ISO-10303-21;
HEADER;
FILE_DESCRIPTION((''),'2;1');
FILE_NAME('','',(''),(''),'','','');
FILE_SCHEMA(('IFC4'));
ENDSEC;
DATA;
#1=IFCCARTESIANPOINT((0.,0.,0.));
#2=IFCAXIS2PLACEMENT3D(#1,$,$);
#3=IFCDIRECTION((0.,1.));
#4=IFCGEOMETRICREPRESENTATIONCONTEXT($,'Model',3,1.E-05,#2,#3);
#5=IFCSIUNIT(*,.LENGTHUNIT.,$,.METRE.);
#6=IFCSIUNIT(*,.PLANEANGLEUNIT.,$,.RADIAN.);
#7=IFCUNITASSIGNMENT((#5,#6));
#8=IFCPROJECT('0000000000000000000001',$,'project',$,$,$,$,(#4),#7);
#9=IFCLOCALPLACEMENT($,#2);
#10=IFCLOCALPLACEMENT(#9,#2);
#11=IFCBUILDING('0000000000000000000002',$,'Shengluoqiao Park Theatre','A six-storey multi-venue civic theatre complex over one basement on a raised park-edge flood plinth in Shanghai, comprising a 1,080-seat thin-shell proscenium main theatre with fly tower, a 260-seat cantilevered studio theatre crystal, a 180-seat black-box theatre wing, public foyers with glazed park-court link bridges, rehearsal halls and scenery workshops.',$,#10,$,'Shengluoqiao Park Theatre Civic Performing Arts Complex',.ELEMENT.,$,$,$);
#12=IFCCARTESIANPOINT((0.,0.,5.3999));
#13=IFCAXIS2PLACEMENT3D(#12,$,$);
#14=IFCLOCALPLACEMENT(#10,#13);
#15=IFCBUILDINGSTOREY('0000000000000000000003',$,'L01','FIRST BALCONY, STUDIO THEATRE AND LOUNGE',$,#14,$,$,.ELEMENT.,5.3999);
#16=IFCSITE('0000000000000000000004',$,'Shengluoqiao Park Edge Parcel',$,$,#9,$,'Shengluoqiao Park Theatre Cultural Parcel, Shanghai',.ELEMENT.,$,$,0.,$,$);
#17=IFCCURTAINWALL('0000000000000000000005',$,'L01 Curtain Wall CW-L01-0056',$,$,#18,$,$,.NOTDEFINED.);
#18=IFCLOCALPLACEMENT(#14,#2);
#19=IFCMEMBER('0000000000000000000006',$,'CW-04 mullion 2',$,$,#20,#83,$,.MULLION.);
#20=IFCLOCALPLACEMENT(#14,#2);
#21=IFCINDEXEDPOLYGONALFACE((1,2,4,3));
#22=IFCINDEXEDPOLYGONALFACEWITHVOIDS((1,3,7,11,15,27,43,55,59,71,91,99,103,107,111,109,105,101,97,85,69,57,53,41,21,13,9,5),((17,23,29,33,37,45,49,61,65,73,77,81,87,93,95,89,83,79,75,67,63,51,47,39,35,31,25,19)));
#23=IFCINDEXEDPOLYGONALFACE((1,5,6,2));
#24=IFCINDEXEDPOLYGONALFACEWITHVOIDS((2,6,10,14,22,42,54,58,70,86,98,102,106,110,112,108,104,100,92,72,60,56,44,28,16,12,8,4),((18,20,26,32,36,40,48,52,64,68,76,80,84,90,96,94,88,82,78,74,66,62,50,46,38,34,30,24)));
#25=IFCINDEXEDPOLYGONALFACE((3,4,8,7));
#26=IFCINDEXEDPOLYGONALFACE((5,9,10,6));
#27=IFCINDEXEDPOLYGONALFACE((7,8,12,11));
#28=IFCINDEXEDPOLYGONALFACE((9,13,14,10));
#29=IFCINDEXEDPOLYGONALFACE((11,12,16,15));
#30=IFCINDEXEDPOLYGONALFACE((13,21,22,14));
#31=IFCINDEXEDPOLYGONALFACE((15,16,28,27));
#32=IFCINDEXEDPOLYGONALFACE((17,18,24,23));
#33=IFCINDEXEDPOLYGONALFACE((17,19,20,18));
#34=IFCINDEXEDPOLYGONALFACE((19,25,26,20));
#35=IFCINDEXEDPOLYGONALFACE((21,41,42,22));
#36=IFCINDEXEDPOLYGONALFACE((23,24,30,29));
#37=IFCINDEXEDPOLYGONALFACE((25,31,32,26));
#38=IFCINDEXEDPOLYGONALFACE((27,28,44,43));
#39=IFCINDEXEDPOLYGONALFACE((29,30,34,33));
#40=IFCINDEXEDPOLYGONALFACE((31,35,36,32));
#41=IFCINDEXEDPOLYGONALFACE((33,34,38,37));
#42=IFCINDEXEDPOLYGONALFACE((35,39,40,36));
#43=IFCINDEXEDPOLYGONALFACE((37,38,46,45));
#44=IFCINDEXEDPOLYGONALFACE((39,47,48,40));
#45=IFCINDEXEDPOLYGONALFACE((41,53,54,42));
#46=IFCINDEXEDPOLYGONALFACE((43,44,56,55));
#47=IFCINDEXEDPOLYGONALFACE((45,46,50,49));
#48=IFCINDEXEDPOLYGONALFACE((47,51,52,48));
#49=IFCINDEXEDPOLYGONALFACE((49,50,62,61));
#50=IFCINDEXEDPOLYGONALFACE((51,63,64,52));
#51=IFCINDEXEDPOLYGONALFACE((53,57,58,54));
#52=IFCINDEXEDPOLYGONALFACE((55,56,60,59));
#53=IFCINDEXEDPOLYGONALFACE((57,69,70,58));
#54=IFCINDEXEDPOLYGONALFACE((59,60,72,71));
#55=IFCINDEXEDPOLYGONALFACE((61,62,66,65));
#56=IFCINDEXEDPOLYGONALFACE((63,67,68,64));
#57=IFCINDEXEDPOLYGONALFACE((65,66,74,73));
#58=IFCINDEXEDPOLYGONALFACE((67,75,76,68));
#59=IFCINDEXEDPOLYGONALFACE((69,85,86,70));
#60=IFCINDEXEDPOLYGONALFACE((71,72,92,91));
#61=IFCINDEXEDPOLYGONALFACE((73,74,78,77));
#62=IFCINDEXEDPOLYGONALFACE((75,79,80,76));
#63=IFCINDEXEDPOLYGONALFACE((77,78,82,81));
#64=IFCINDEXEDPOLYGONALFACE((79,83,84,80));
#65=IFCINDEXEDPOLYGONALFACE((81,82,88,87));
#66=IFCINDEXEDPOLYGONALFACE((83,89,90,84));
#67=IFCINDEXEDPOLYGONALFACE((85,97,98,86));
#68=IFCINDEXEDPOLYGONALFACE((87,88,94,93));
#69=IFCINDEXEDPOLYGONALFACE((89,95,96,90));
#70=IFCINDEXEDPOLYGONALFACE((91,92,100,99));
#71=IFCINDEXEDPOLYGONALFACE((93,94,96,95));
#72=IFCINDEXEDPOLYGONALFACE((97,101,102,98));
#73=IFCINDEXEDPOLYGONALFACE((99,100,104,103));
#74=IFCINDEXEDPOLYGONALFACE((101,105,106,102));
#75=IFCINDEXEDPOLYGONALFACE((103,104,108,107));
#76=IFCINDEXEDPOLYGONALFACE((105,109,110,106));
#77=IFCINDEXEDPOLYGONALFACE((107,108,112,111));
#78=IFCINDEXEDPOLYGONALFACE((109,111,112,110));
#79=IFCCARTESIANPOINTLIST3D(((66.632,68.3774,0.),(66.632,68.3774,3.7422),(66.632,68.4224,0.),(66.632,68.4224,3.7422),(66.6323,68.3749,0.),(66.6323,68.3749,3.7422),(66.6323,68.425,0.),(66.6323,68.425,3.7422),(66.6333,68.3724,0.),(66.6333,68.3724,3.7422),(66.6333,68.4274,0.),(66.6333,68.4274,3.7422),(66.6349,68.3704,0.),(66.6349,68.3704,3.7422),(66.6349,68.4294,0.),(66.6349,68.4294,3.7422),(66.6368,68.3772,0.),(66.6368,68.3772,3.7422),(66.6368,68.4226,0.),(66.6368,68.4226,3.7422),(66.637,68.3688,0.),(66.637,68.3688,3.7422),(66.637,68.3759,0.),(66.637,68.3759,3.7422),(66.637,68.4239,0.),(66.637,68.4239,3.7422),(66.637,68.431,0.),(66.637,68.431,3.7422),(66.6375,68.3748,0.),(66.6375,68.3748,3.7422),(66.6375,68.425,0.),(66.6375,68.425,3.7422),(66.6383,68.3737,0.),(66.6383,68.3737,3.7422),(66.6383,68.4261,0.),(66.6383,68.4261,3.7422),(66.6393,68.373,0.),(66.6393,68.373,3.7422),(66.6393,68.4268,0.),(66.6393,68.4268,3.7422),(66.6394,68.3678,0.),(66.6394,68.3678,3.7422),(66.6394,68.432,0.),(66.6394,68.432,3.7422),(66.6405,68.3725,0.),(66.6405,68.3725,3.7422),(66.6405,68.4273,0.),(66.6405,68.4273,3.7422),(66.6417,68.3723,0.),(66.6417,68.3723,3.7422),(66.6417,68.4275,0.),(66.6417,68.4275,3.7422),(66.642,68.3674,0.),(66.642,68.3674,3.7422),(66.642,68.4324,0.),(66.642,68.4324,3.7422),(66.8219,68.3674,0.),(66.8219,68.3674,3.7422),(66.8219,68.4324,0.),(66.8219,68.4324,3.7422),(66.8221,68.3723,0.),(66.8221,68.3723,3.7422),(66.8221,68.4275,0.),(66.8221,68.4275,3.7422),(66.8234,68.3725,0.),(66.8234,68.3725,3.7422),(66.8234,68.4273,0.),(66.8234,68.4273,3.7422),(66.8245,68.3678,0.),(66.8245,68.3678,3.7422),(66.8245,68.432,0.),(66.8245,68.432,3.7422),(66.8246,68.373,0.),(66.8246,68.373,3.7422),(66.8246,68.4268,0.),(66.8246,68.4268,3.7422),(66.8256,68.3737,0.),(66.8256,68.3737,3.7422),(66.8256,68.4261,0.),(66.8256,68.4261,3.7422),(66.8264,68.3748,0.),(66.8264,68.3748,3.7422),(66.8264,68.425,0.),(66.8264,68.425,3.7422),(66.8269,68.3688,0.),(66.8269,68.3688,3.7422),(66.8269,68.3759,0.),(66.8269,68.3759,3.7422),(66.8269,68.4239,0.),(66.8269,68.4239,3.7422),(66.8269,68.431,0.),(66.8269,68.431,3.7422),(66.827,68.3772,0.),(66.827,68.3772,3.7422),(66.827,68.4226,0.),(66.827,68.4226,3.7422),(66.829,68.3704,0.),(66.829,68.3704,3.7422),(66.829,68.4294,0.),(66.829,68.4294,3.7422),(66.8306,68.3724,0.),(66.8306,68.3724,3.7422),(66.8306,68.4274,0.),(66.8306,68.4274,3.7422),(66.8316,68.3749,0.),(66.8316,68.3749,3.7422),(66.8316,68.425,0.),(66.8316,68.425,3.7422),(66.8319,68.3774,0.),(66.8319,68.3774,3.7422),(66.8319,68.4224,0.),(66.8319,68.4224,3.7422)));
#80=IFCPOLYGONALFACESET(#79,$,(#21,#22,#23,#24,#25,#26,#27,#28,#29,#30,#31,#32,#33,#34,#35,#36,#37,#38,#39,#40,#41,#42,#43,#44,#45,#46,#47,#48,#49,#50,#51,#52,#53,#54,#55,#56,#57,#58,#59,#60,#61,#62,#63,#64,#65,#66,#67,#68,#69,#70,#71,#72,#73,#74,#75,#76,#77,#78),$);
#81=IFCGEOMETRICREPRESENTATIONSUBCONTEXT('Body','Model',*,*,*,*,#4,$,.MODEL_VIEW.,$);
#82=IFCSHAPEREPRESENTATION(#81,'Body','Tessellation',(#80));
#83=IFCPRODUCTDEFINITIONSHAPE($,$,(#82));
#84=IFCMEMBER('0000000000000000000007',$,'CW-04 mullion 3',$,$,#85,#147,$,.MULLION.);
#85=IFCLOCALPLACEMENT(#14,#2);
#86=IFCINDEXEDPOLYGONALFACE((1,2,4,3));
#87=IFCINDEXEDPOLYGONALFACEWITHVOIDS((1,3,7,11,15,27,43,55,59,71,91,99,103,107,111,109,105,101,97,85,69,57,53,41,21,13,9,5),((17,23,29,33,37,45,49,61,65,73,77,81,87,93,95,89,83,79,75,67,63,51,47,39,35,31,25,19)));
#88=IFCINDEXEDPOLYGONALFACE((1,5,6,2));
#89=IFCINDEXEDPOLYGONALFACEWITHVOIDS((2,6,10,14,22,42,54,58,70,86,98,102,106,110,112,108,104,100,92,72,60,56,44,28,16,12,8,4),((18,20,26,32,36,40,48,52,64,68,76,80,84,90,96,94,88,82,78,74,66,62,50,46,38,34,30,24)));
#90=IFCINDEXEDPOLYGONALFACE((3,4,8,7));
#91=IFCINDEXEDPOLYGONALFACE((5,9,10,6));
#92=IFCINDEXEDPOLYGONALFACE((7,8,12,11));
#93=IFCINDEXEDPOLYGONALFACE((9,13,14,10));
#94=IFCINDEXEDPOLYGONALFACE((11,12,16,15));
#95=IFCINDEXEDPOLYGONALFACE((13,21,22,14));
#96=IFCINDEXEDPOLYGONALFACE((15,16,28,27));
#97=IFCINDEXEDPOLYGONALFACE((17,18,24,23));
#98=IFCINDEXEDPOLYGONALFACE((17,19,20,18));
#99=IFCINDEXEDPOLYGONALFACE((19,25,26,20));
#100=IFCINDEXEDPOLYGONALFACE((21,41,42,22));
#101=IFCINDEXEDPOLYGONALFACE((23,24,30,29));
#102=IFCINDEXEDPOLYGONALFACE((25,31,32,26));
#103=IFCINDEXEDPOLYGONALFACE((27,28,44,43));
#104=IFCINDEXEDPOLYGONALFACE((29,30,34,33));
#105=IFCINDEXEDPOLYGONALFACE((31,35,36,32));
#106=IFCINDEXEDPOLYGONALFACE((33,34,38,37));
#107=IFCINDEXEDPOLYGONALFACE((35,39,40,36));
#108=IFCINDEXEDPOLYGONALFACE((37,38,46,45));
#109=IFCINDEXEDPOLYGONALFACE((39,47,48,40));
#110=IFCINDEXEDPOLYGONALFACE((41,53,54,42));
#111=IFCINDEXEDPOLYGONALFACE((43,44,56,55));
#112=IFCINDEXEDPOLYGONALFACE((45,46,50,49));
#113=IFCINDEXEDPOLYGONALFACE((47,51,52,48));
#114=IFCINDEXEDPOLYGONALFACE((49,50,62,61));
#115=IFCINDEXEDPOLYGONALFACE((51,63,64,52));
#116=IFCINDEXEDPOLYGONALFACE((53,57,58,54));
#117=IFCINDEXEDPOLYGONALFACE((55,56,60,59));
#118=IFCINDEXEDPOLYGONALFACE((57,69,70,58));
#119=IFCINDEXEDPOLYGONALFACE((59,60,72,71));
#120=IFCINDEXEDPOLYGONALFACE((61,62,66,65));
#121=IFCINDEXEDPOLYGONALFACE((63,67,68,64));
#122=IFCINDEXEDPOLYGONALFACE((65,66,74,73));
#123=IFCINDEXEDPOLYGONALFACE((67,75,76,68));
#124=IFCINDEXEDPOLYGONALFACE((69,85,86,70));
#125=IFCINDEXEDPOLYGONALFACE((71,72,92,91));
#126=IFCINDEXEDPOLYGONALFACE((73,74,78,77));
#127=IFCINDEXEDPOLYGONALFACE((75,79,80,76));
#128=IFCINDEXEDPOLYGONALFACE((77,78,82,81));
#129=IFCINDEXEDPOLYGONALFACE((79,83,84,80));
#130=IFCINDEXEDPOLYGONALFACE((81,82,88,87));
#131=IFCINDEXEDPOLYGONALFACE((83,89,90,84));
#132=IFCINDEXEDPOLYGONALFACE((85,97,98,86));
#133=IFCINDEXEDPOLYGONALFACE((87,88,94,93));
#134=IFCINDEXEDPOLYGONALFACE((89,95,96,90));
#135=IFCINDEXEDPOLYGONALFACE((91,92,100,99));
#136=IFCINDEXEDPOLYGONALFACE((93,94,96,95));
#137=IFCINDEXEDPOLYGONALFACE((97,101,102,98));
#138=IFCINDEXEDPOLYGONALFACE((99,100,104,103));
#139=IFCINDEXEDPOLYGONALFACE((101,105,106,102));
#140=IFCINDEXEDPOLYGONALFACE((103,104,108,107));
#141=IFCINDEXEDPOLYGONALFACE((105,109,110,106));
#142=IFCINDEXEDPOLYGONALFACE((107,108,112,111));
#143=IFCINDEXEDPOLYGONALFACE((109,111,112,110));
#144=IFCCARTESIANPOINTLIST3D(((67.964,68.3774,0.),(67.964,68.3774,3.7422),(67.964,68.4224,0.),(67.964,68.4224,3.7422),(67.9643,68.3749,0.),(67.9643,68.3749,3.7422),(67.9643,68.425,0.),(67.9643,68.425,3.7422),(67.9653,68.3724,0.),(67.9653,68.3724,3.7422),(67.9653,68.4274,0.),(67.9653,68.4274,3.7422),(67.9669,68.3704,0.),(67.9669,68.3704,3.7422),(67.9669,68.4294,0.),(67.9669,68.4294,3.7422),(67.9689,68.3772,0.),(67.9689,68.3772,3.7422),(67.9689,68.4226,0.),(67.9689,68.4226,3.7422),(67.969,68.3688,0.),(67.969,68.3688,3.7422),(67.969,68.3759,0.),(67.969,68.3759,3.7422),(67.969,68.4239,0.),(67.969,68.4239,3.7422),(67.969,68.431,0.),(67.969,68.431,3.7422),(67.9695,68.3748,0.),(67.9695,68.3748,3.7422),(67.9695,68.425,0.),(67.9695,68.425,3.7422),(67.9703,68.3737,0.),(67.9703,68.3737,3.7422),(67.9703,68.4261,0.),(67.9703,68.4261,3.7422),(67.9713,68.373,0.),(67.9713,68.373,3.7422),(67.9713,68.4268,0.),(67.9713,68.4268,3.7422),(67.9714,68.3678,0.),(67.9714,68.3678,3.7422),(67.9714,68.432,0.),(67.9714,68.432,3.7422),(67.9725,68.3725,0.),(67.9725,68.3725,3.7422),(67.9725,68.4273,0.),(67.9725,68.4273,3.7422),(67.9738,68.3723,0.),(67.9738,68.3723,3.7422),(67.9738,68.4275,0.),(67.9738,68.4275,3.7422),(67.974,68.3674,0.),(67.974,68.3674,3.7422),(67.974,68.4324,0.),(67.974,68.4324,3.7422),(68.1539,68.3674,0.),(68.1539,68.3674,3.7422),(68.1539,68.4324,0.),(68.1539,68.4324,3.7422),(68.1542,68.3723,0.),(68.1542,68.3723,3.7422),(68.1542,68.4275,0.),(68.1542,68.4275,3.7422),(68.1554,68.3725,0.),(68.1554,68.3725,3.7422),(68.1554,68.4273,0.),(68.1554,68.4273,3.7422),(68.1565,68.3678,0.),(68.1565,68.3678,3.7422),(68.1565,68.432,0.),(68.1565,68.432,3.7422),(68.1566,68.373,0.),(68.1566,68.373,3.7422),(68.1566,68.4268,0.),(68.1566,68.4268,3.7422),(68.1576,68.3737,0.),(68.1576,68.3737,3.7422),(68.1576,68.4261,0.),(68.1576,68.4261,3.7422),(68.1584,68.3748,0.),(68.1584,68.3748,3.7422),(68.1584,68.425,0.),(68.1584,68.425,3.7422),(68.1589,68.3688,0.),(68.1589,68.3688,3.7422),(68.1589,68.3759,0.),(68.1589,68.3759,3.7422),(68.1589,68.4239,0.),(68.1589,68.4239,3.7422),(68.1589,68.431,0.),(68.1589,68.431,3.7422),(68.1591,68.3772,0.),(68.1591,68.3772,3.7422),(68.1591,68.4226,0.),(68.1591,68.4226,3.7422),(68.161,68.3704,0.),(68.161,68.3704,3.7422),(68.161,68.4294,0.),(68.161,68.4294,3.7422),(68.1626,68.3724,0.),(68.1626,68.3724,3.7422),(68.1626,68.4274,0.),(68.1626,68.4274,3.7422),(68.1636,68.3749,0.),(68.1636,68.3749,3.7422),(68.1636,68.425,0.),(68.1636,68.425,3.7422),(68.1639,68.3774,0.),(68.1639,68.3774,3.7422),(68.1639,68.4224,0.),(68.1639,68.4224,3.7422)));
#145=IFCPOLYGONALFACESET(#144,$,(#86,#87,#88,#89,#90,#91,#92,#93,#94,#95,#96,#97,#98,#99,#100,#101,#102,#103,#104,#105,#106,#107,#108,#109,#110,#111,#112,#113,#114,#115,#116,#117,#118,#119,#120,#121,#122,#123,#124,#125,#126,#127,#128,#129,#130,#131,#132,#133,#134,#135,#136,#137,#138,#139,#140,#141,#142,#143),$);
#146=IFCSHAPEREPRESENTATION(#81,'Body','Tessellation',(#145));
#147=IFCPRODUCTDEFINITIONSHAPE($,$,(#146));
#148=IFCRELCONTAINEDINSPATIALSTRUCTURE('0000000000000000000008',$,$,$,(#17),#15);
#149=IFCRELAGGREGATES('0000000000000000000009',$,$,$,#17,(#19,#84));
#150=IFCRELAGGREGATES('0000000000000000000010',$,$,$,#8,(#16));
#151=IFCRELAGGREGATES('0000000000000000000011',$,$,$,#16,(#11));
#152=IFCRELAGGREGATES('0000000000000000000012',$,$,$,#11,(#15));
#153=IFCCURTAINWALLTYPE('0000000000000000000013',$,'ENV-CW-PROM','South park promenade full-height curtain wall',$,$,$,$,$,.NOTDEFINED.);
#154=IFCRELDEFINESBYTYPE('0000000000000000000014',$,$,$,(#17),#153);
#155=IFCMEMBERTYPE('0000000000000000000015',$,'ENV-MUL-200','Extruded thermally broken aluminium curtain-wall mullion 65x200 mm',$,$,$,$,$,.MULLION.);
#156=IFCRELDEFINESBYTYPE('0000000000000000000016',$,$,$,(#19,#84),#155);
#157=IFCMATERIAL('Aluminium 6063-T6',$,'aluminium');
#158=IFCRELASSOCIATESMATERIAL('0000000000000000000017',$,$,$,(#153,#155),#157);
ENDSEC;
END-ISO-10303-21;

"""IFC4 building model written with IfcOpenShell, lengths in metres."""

from ifc_helpers import new_model, si_unit, direction, frame, origin, origin_2d, place, context, subcontext, project, spatial, hollow_rectangle, extrude, material, material_profile, profile_set, type_object, element, aggregate, save


model = new_model("IFC4")

# Units and contexts
model_context = context("Model", 3, precision=1e-05, world=origin(), true_north=direction((0.0, 1.0)))
body_context = subcontext(model_context, "Body", "Model", "MODEL_VIEW")
ifc_project = project(units=[si_unit("LENGTHUNIT", "METRE"), si_unit("PLANEANGLEUNIT", "RADIAN")], contexts=[model_context])

# Site, building, storey
site_placement = place(None, origin())
site = spatial("IfcSite", under=ifc_project, at=site_placement, Name="Shengluoqiao Park Edge Parcel", LongName="Shengluoqiao Park Theatre Cultural Parcel, Shanghai", CompositionType="ELEMENT", RefElevation=0.0)
building_placement = place(site_placement, origin())
building = spatial("IfcBuilding", under=site, at=building_placement, Name="Shengluoqiao Park Theatre", Description="A six-storey multi-venue civic theatre complex over one basement on a raised park-edge flood plinth in Shanghai, comprising a 1,080-seat thin-shell proscenium main theatre with fly tower, a 260-seat cantilevered studio theatre crystal, a 180-seat black-box theatre wing, public foyers with glazed park-court link bridges, rehearsal halls and scenery workshops.", LongName="Shengluoqiao Park Theatre Civic Performing Arts Complex", CompositionType="ELEMENT")
storey_placement = place(building_placement, frame((0.0, 0.0, 5.3999)))
storey = spatial("IfcBuildingStorey", under=building, at=storey_placement, Name="L01", Description="FIRST BALCONY, STUDIO THEATRE AND LOUNGE", CompositionType="ELEMENT", Elevation=5.3999)

# Curtain wall, members
ifc_material_1 = material(Name="Aluminium 6063-T6", Category="aluminium")
curtain_wall_type = type_object("IfcCurtainWallType", Name="ENV-CW-PROM", Description="South park promenade full-height curtain wall", PredefinedType="NOTDEFINED", material=ifc_material_1)
ifc_material_profile_1 = material_profile(ifc_material_1, hollow_rectangle(XDim=0.0649, YDim=0.2, WallThickness=0.0049, InnerFilletRadius=0.0049, OuterFilletRadius=0.01, at=origin_2d()), Name="ALU MULLION 200x65x5")
ifc_profile_set_1 = profile_set([ifc_material_profile_1], Name="Aluminium 6063-T6")
member_type_1 = type_object("IfcMemberType", Name="ENV-MUL-200", Description="Extruded thermally broken aluminium curtain-wall mullion 65x200 mm", PredefinedType="MULLION", material=ifc_profile_set_1)
curtain_wall_1_placement = place(storey_placement, origin())
curtain_wall_1 = element("IfcCurtainWall", 1, at=curtain_wall_1_placement, inside=storey, type_object=curtain_wall_type, Name="L01 Curtain Wall CW-L01-0056", PredefinedType="NOTDEFINED")
member_1_placement = place(storey_placement, frame((66.7319, 68.3999, 0.0), z_axis=(0.0, 0.0, 1.0), x_axis=(0.0, 1.0, 0.0)))
member_1 = element("IfcMember", 2, at=member_1_placement, type_object=member_type_1, Name="CW-04 mullion 2", PredefinedType="MULLION", context=body_context, shape_type="SweptSolid", body=[
    extrude(hollow_rectangle(XDim=0.0649, YDim=0.2, WallThickness=0.0049, InnerFilletRadius=0.0049, OuterFilletRadius=0.01, at=origin_2d()), origin(), (0.0, 0.0, 1.0), 3.7422),
])
member_2_placement = place(storey_placement, frame((68.064, 68.3999, 0.0), z_axis=(0.0, 0.0, 1.0), x_axis=(0.0, 1.0, 0.0)))
member_2 = element("IfcMember", 3, at=member_2_placement, type_object=member_type_1, Name="CW-04 mullion 3", PredefinedType="MULLION", context=body_context, shape_type="SweptSolid", body=[
    extrude(hollow_rectangle(XDim=0.0649, YDim=0.2, WallThickness=0.0049, InnerFilletRadius=0.0049, OuterFilletRadius=0.01, at=origin_2d()), origin(), (0.0, 0.0, 1.0), 3.7422),
])

aggregate(curtain_wall_1, [member_1, member_2])

save(model, "model.ifc")
